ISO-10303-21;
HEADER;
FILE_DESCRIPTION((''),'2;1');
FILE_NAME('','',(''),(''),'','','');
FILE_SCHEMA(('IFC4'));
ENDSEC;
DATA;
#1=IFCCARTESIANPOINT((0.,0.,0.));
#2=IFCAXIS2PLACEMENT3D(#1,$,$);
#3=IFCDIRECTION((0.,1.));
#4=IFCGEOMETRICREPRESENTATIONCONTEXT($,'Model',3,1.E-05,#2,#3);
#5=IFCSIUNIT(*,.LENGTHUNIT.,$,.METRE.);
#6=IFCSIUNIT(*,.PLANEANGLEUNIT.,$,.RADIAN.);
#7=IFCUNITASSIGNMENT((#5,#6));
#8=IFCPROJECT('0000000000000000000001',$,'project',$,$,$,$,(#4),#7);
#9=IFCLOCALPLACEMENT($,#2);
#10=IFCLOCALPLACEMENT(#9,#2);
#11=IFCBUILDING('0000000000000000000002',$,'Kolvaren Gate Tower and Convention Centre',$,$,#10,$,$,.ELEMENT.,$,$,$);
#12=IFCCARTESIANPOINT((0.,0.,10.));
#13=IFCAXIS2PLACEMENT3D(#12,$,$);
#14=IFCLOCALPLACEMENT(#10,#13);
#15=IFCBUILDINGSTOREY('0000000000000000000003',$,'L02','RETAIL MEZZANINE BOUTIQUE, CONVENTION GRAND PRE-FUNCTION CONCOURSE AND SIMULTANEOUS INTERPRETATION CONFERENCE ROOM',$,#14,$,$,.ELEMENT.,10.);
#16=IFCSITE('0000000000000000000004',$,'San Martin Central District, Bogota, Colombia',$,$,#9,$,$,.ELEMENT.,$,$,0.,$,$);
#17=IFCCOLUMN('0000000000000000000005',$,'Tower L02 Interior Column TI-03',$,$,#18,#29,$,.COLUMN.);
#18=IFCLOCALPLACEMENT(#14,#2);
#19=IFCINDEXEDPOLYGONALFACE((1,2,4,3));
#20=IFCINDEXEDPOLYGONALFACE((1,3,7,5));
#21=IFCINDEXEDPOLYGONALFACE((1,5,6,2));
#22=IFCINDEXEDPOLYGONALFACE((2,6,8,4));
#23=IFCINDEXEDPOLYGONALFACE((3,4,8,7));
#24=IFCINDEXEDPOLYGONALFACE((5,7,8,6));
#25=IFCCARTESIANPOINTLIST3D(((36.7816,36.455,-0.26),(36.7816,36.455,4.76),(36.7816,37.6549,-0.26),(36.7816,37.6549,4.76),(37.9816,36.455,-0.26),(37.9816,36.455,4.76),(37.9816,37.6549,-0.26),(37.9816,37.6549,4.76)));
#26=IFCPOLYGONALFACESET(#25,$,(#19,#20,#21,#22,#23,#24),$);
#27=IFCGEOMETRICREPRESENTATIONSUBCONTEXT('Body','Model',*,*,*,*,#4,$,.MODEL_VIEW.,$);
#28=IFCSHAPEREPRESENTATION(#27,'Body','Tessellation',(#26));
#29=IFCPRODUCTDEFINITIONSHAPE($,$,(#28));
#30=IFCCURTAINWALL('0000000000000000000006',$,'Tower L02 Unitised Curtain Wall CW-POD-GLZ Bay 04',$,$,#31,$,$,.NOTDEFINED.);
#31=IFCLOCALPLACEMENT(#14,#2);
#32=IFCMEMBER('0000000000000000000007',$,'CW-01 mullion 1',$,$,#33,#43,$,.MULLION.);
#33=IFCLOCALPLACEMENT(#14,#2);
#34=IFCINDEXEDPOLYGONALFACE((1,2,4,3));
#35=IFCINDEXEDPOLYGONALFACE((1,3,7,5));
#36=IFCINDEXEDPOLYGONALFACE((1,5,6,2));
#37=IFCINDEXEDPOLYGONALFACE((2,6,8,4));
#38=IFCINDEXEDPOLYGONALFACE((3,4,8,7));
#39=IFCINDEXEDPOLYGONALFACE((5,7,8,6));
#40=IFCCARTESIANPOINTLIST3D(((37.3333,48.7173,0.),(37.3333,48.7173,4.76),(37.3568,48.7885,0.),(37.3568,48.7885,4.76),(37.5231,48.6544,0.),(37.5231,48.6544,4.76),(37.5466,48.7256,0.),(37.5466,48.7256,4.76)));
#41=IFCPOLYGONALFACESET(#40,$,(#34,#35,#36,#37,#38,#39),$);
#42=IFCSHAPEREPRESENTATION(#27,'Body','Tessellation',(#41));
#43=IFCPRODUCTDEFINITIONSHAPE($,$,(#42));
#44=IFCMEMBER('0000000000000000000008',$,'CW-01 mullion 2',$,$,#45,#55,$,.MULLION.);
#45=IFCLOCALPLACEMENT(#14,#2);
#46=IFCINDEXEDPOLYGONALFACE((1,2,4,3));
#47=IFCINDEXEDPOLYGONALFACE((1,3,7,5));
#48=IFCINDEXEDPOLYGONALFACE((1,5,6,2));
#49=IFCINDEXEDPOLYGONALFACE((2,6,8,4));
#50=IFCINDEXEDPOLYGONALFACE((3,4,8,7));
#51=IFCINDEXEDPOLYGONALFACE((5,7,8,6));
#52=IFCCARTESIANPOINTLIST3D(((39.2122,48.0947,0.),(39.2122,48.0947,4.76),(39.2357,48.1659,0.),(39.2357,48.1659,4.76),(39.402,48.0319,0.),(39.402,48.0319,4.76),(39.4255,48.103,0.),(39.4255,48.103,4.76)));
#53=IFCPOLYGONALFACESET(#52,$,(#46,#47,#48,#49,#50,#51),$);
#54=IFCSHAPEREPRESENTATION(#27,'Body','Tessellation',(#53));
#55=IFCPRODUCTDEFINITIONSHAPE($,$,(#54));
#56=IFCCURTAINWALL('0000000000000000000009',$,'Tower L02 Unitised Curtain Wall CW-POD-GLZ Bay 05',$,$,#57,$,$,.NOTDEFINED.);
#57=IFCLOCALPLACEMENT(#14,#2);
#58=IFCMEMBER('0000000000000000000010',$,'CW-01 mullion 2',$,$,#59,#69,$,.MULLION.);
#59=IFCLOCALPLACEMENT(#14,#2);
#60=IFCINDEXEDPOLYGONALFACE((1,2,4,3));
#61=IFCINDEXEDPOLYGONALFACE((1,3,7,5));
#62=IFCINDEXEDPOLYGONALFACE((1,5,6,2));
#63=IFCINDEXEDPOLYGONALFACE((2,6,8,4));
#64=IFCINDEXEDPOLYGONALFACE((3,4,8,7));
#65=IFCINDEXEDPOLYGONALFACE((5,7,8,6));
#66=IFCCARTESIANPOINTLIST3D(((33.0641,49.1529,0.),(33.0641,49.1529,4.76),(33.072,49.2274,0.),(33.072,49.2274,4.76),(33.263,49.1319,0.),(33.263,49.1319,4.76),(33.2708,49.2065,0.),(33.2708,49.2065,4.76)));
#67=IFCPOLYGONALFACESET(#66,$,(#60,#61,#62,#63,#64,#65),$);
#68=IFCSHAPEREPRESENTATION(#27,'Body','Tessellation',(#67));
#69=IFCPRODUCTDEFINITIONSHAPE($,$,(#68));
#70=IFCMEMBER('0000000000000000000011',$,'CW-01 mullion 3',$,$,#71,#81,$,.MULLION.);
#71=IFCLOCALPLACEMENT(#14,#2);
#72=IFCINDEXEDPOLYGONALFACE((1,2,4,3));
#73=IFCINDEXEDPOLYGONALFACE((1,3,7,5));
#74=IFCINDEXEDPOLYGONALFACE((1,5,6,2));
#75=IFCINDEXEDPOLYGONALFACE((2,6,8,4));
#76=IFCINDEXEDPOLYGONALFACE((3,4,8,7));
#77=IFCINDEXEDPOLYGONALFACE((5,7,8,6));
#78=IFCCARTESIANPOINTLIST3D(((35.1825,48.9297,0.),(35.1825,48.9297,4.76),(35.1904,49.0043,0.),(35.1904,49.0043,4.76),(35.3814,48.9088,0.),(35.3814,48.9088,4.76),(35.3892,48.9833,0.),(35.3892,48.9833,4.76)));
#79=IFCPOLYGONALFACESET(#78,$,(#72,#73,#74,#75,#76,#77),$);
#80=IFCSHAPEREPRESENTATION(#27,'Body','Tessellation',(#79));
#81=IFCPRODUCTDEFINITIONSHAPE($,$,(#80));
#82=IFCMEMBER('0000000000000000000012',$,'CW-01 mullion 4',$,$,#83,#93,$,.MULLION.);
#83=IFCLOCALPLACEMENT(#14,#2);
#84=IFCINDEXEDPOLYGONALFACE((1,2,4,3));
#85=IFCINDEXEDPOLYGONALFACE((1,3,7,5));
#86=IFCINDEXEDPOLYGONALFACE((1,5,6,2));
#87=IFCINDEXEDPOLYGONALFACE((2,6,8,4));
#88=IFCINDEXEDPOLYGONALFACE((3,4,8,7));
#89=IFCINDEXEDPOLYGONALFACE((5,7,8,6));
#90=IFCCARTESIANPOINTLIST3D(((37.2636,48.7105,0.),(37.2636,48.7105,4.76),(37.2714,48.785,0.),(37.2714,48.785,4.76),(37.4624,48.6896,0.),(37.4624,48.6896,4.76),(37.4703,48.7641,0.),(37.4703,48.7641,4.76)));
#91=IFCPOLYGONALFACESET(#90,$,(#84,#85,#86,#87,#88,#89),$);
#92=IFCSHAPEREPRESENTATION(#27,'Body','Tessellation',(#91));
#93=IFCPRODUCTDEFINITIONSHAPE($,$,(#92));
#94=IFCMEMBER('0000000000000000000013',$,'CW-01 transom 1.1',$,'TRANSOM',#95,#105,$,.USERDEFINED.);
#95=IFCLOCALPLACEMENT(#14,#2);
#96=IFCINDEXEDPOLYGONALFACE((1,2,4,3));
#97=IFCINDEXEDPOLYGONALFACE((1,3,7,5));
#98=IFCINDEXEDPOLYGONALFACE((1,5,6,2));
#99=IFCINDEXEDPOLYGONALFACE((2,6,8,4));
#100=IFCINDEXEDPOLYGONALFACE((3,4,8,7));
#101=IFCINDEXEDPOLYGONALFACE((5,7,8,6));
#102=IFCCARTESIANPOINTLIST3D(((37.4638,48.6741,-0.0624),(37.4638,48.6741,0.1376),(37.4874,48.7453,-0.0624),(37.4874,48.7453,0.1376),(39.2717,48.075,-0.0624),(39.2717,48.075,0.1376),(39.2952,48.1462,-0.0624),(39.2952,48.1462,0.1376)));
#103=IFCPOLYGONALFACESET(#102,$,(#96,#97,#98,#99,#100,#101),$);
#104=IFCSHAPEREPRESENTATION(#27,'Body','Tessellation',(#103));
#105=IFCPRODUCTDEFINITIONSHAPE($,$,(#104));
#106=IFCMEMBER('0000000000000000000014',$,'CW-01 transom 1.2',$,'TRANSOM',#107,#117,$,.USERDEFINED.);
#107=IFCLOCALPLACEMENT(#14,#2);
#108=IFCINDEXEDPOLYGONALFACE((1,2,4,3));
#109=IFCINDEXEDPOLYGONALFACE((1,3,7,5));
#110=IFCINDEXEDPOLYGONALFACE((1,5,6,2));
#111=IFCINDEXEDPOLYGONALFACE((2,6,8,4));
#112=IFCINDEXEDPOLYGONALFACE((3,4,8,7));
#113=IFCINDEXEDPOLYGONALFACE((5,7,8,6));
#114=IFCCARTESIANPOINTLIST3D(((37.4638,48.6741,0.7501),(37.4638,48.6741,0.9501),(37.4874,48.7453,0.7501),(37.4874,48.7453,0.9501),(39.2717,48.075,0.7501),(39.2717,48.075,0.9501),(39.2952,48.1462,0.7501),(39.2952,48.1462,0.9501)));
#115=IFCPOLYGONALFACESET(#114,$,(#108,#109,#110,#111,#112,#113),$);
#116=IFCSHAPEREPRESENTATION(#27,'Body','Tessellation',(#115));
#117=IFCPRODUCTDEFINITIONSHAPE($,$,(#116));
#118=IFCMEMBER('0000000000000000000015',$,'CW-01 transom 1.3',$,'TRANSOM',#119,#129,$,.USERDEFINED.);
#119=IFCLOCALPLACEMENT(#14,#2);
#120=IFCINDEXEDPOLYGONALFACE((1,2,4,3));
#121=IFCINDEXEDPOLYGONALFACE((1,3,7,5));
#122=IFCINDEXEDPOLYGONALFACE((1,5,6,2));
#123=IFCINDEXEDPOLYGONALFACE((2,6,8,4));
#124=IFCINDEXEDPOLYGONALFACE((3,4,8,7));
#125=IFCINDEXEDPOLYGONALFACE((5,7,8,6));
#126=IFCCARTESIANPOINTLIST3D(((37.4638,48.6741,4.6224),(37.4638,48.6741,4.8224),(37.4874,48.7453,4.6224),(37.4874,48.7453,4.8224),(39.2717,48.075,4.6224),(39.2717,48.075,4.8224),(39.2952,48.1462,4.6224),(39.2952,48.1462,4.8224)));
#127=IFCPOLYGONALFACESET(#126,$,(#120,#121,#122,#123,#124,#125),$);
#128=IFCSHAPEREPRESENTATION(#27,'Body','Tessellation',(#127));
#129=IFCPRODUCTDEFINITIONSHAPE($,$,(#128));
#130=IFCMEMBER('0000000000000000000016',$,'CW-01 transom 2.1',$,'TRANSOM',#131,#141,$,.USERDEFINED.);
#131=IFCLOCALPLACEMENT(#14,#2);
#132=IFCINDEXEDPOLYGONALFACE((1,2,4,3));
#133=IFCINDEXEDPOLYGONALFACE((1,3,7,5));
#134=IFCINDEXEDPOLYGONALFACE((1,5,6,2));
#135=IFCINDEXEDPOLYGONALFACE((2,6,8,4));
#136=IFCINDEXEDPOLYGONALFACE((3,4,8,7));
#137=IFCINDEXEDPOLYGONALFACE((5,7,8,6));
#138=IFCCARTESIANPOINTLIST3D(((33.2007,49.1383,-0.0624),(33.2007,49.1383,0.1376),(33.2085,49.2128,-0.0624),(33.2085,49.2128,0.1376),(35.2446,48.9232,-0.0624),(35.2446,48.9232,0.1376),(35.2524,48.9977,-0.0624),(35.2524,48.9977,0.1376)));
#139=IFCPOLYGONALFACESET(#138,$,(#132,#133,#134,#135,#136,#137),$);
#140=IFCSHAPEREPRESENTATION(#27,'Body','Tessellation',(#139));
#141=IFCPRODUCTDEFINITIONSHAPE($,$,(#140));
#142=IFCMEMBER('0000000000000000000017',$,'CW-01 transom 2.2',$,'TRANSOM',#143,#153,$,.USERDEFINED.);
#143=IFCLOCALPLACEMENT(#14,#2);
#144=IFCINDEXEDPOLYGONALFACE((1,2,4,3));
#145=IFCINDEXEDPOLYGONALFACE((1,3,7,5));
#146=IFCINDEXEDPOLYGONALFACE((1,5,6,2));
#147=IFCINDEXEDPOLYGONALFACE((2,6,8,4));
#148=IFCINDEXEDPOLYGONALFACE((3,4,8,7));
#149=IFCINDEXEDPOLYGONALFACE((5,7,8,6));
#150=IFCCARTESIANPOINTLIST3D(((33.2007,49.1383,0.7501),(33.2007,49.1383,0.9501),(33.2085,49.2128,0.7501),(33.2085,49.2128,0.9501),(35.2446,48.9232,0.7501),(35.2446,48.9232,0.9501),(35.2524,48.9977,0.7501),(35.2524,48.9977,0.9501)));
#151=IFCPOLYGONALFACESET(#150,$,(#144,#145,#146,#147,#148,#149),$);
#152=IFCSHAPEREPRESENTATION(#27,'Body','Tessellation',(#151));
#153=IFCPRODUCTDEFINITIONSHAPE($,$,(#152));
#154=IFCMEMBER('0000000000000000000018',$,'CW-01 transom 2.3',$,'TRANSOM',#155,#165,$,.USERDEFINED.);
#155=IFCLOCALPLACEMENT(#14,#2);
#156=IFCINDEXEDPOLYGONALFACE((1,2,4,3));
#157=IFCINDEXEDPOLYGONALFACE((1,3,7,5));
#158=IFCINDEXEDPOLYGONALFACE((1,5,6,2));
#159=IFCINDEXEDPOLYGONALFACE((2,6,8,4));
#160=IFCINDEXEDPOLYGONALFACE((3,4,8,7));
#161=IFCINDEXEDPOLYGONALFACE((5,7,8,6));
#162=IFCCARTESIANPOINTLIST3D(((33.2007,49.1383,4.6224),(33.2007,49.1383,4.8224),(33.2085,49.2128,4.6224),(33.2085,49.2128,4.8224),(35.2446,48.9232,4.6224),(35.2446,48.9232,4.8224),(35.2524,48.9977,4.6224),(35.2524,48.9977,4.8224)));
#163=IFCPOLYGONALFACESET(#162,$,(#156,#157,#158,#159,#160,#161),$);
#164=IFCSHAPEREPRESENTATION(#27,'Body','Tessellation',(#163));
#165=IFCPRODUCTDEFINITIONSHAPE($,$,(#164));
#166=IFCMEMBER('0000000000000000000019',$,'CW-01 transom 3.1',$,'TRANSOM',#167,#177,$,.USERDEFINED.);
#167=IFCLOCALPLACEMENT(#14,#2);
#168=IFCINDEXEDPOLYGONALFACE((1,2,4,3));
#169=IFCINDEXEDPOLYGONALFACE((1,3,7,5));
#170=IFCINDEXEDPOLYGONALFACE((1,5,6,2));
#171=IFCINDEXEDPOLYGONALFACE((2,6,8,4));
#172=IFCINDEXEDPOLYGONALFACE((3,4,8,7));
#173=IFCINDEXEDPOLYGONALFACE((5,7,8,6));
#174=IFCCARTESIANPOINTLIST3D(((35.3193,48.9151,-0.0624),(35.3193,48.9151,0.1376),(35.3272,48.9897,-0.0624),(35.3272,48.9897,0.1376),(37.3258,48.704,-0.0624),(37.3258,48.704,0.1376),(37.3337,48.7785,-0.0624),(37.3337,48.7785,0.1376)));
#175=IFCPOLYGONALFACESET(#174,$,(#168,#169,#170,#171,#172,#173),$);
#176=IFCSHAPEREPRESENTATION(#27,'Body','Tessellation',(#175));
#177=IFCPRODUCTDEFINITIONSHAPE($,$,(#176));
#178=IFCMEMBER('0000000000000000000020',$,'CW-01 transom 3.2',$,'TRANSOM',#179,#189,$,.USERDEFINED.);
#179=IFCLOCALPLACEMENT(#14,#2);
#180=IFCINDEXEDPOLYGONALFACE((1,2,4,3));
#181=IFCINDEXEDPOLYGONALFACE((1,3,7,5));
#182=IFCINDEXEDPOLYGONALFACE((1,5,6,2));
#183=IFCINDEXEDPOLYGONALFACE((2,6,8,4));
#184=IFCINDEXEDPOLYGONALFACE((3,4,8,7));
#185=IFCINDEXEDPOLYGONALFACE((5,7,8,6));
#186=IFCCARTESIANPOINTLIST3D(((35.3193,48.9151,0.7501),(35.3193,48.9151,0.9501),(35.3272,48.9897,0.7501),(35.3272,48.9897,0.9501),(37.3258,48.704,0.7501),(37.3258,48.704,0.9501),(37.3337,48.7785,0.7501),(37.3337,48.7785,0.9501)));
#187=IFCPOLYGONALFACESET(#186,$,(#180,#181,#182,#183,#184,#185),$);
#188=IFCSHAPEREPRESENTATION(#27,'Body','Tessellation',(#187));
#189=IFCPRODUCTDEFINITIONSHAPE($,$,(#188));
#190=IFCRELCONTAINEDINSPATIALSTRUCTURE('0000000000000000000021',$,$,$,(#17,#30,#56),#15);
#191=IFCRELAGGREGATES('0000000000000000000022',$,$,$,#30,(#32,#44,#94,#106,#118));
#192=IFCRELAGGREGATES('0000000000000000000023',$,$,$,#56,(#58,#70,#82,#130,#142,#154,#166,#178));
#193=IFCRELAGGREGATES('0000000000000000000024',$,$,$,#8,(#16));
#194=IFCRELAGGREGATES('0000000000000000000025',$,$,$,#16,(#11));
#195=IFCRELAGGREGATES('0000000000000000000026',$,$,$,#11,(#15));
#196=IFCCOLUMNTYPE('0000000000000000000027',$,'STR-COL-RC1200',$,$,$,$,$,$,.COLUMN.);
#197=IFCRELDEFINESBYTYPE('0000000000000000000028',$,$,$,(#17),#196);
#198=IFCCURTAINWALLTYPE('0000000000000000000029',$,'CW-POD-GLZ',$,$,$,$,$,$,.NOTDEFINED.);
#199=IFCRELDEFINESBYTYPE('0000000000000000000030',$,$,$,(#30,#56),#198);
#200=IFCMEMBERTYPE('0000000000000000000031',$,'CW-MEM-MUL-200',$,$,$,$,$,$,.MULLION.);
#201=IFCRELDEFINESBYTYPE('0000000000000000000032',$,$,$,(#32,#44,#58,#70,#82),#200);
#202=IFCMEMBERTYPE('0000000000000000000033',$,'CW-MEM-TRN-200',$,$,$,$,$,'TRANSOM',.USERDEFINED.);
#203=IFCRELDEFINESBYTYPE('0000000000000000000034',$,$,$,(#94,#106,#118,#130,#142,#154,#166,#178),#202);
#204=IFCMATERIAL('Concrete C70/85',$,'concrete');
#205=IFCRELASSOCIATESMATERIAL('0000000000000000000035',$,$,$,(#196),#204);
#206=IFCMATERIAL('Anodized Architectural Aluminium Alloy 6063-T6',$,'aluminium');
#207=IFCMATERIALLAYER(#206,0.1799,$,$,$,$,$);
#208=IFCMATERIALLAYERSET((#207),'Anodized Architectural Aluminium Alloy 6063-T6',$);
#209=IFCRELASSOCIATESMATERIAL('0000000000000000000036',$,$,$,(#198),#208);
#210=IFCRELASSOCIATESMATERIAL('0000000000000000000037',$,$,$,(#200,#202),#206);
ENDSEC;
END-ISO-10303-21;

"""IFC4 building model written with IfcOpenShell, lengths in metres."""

from ifc_helpers import new_model, si_unit, direction, frame, origin, origin_2d, place, context, subcontext, project, spatial, rectangle, extrude, material, layer, layer_set, material_profile, profile_set, type_object, element, aggregate, save


model = new_model("IFC4")

# Units and contexts
model_context = context("Model", 3, precision=1e-05, world=origin(), true_north=direction((0.0, 1.0)))
body_context = subcontext(model_context, "Body", "Model", "MODEL_VIEW")
ifc_project = project(units=[si_unit("LENGTHUNIT", "METRE"), si_unit("PLANEANGLEUNIT", "RADIAN")], contexts=[model_context])

# Site, building, storey
site_placement = place(None, origin())
site = spatial("IfcSite", under=ifc_project, at=site_placement, Name="San Martin Central District, Bogota, Colombia", CompositionType="ELEMENT", RefElevation=0.0)
building_placement = place(site_placement, origin())
building = spatial("IfcBuilding", under=site, at=building_placement, Name="Kolvaren Gate Tower and Convention Centre", CompositionType="ELEMENT")
storey_placement = place(building_placement, frame((0.0, 0.0, 10.0)))
storey = spatial("IfcBuildingStorey", under=building, at=storey_placement, Name="L02", Description="RETAIL MEZZANINE BOUTIQUE, CONVENTION GRAND PRE-FUNCTION CONCOURSE AND SIMULTANEOUS INTERPRETATION CONFERENCE ROOM", CompositionType="ELEMENT", Elevation=10.0)

# Column
ifc_material_1 = material(Name="Concrete C70/85", Category="concrete")
ifc_material_profile_1 = material_profile(ifc_material_1, rectangle(XDim=1.2, YDim=1.2, at=origin_2d()), Name="RC-COL-1200X1200")
ifc_profile_set_1 = profile_set([ifc_material_profile_1], Name="Concrete C70/85")
column_type = type_object("IfcColumnType", Name="STR-COL-RC1200", PredefinedType="COLUMN", material=ifc_profile_set_1)
column_placement = place(storey_placement, frame((37.3816, 37.0549, -0.26), z_axis=(0.0, 0.0, 1.0), x_axis=(1.0, 0.0, 0.0)))
element("IfcColumn", 1, at=column_placement, inside=storey, type_object=column_type, Name="Tower L02 Interior Column TI-03", PredefinedType="COLUMN", context=body_context, shape_type="SweptSolid", body=[
    extrude(rectangle(XDim=1.2, YDim=1.2, at=origin_2d()), origin(), (0.0, 0.0, 1.0), 5.02),
])

# Curtain walls, members
ifc_material_2 = material(Name="Anodized Architectural Aluminium Alloy 6063-T6", Category="aluminium")
ifc_layer_1 = layer(ifc_material_2, 0.1799)
ifc_layer_set_1 = layer_set([ifc_layer_1], Name="Anodized Architectural Aluminium Alloy 6063-T6")
curtain_wall_type = type_object("IfcCurtainWallType", Name="CW-POD-GLZ", PredefinedType="NOTDEFINED", material=ifc_layer_set_1)
curtain_wall_1_placement = place(storey_placement, origin())
curtain_wall_1 = element("IfcCurtainWall", 2, at=curtain_wall_1_placement, inside=storey, type_object=curtain_wall_type, Name="Tower L02 Unitised Curtain Wall CW-POD-GLZ Bay 04", PredefinedType="NOTDEFINED")
ifc_material_profile_2 = material_profile(ifc_material_2, rectangle(XDim=0.075, YDim=0.2, at=origin_2d()), Name="CW-MEM-MUL-200")
ifc_profile_set_2 = profile_set([ifc_material_profile_2], Name="Anodized Architectural Aluminium Alloy 6063-T6")
member_type_1 = type_object("IfcMemberType", Name="CW-MEM-MUL-200", PredefinedType="MULLION", material=ifc_profile_set_2)
member_1_placement = place(storey_placement, frame((37.4399, 48.7214, 0.0), z_axis=(0.0, 0.0, 1.0), x_axis=(0.314542, 0.949244, 0.0)))
member_1 = element("IfcMember", 3, at=member_1_placement, type_object=member_type_1, Name="CW-01 mullion 1", PredefinedType="MULLION", context=body_context, shape_type="SweptSolid", body=[
    extrude(rectangle(XDim=0.075, YDim=0.2, at=origin_2d()), origin(), (0.0, 0.0, 1.0), 4.76),
])
member_2_placement = place(storey_placement, frame((39.3188, 48.0989, 0.0), z_axis=(0.0, 0.0, 1.0), x_axis=(0.314542, 0.949244, 0.0)))
member_2 = element("IfcMember", 4, at=member_2_placement, type_object=member_type_1, Name="CW-01 mullion 2", PredefinedType="MULLION", context=body_context, shape_type="SweptSolid", body=[
    extrude(rectangle(XDim=0.075, YDim=0.2, at=origin_2d()), origin(), (0.0, 0.0, 1.0), 4.76),
])
curtain_wall_2_placement = place(storey_placement, origin())
curtain_wall_2 = element("IfcCurtainWall", 5, at=curtain_wall_2_placement, inside=storey, type_object=curtain_wall_type, Name="Tower L02 Unitised Curtain Wall CW-POD-GLZ Bay 05", PredefinedType="NOTDEFINED")
member_3_placement = place(storey_placement, frame((33.1675, 49.1797, 0.0), z_axis=(0.0, 0.0, 1.0), x_axis=(0.104748, 0.994499, 0.0)))
member_3 = element("IfcMember", 6, at=member_3_placement, type_object=member_type_1, Name="CW-01 mullion 2", PredefinedType="MULLION", context=body_context, shape_type="SweptSolid", body=[
    extrude(rectangle(XDim=0.075, YDim=0.2, at=origin_2d()), origin(), (0.0, 0.0, 1.0), 4.76),
])
member_4_placement = place(storey_placement, frame((35.2859, 48.9565, 0.0), z_axis=(0.0, 0.0, 1.0), x_axis=(0.104748, 0.994499, 0.0)))
member_4 = element("IfcMember", 7, at=member_4_placement, type_object=member_type_1, Name="CW-01 mullion 3", PredefinedType="MULLION", context=body_context, shape_type="SweptSolid", body=[
    extrude(rectangle(XDim=0.075, YDim=0.2, at=origin_2d()), origin(), (0.0, 0.0, 1.0), 4.76),
])
member_5_placement = place(storey_placement, frame((37.3669, 48.7373, 0.0), z_axis=(0.0, 0.0, 1.0), x_axis=(0.104748, 0.994499, 0.0)))
member_5 = element("IfcMember", 8, at=member_5_placement, type_object=member_type_1, Name="CW-01 mullion 4", PredefinedType="MULLION", context=body_context, shape_type="SweptSolid", body=[
    extrude(rectangle(XDim=0.075, YDim=0.2, at=origin_2d()), origin(), (0.0, 0.0, 1.0), 4.76),
])

# Members
ifc_material_profile_3 = material_profile(ifc_material_2, rectangle(XDim=0.075, YDim=0.2, at=origin_2d()), Name="CW-MEM-TRN-200")
ifc_profile_set_3 = profile_set([ifc_material_profile_3], Name="Anodized Architectural Aluminium Alloy 6063-T6")
member_type_2 = type_object("IfcMemberType", Name="CW-MEM-TRN-200", ElementType="TRANSOM", PredefinedType="USERDEFINED", material=ifc_profile_set_3)
member_6_placement = place(storey_placement, frame((37.4756, 48.7097, 0.0376), z_axis=(0.949233, -0.314574, 0.0), x_axis=(0.314574, 0.949233, 0.0)))
member_6 = element("IfcMember", 9, at=member_6_placement, type_object=member_type_2, Name="CW-01 transom 1.1", ObjectType="TRANSOM", PredefinedType="USERDEFINED", context=body_context, shape_type="SweptSolid", body=[
    extrude(rectangle(XDim=0.075, YDim=0.2, at=origin_2d()), origin(), (0.0, 0.0, 1.0), 1.9045),
])
member_7_placement = place(storey_placement, frame((37.4756, 48.7097, 0.8501), z_axis=(0.949233, -0.314574, 0.0), x_axis=(0.314574, 0.949233, 0.0)))
member_7 = element("IfcMember", 10, at=member_7_placement, type_object=member_type_2, Name="CW-01 transom 1.2", ObjectType="TRANSOM", PredefinedType="USERDEFINED", context=body_context, shape_type="SweptSolid", body=[
    extrude(rectangle(XDim=0.075, YDim=0.2, at=origin_2d()), origin(), (0.0, 0.0, 1.0), 1.9045),
])
member_8_placement = place(storey_placement, frame((37.4756, 48.7097, 4.7224), z_axis=(0.949233, -0.314574, 0.0), x_axis=(0.314574, 0.949233, 0.0)))
member_8 = element("IfcMember", 11, at=member_8_placement, type_object=member_type_2, Name="CW-01 transom 1.3", ObjectType="TRANSOM", PredefinedType="USERDEFINED", context=body_context, shape_type="SweptSolid", body=[
    extrude(rectangle(XDim=0.075, YDim=0.2, at=origin_2d()), origin(), (0.0, 0.0, 1.0), 1.9045),
])
member_9_placement = place(storey_placement, frame((33.2046, 49.1755, 0.0376), z_axis=(0.994509, -0.104654, 0.0), x_axis=(0.104654, 0.994509, 0.0)))
member_9 = element("IfcMember", 12, at=member_9_placement, type_object=member_type_2, Name="CW-01 transom 2.1", ObjectType="TRANSOM", PredefinedType="USERDEFINED", context=body_context, shape_type="SweptSolid", body=[
    extrude(rectangle(XDim=0.075, YDim=0.2, at=origin_2d()), origin(), (0.0, 0.0, 1.0), 2.0552),
])
member_10_placement = place(storey_placement, frame((33.2046, 49.1755, 0.8501), z_axis=(0.994509, -0.104654, 0.0), x_axis=(0.104654, 0.994509, 0.0)))
member_10 = element("IfcMember", 13, at=member_10_placement, type_object=member_type_2, Name="CW-01 transom 2.2", ObjectType="TRANSOM", PredefinedType="USERDEFINED", context=body_context, shape_type="SweptSolid", body=[
    extrude(rectangle(XDim=0.075, YDim=0.2, at=origin_2d()), origin(), (0.0, 0.0, 1.0), 2.0552),
])
member_11_placement = place(storey_placement, frame((33.2046, 49.1755, 4.7224), z_axis=(0.994509, -0.104654, 0.0), x_axis=(0.104654, 0.994509, 0.0)))
member_11 = element("IfcMember", 14, at=member_11_placement, type_object=member_type_2, Name="CW-01 transom 2.3", ObjectType="TRANSOM", PredefinedType="USERDEFINED", context=body_context, shape_type="SweptSolid", body=[
    extrude(rectangle(XDim=0.075, YDim=0.2, at=origin_2d()), origin(), (0.0, 0.0, 1.0), 2.0552),
])
member_12_placement = place(storey_placement, frame((35.3232, 48.9524, 0.0376), z_axis=(0.994507, -0.104666, 0.0), x_axis=(0.104666, 0.994507, 0.0)))
member_12 = element("IfcMember", 15, at=member_12_placement, type_object=member_type_2, Name="CW-01 transom 3.1", ObjectType="TRANSOM", PredefinedType="USERDEFINED", context=body_context, shape_type="SweptSolid", body=[
    extrude(rectangle(XDim=0.075, YDim=0.2, at=origin_2d()), origin(), (0.0, 0.0, 1.0), 2.0176),
])
member_13_placement = place(storey_placement, frame((35.3232, 48.9524, 0.8501), z_axis=(0.994507, -0.104666, 0.0), x_axis=(0.104666, 0.994507, 0.0)))
member_13 = element("IfcMember", 16, at=member_13_placement, type_object=member_type_2, Name="CW-01 transom 3.2", ObjectType="TRANSOM", PredefinedType="USERDEFINED", context=body_context, shape_type="SweptSolid", body=[
    extrude(rectangle(XDim=0.075, YDim=0.2, at=origin_2d()), origin(), (0.0, 0.0, 1.0), 2.0176),
])

aggregate(curtain_wall_1, [member_1, member_2, member_6, member_7, member_8])
aggregate(curtain_wall_2, [member_3, member_4, member_5, member_9, member_10, member_11, member_12, member_13])

save(model, "model.ifc")
